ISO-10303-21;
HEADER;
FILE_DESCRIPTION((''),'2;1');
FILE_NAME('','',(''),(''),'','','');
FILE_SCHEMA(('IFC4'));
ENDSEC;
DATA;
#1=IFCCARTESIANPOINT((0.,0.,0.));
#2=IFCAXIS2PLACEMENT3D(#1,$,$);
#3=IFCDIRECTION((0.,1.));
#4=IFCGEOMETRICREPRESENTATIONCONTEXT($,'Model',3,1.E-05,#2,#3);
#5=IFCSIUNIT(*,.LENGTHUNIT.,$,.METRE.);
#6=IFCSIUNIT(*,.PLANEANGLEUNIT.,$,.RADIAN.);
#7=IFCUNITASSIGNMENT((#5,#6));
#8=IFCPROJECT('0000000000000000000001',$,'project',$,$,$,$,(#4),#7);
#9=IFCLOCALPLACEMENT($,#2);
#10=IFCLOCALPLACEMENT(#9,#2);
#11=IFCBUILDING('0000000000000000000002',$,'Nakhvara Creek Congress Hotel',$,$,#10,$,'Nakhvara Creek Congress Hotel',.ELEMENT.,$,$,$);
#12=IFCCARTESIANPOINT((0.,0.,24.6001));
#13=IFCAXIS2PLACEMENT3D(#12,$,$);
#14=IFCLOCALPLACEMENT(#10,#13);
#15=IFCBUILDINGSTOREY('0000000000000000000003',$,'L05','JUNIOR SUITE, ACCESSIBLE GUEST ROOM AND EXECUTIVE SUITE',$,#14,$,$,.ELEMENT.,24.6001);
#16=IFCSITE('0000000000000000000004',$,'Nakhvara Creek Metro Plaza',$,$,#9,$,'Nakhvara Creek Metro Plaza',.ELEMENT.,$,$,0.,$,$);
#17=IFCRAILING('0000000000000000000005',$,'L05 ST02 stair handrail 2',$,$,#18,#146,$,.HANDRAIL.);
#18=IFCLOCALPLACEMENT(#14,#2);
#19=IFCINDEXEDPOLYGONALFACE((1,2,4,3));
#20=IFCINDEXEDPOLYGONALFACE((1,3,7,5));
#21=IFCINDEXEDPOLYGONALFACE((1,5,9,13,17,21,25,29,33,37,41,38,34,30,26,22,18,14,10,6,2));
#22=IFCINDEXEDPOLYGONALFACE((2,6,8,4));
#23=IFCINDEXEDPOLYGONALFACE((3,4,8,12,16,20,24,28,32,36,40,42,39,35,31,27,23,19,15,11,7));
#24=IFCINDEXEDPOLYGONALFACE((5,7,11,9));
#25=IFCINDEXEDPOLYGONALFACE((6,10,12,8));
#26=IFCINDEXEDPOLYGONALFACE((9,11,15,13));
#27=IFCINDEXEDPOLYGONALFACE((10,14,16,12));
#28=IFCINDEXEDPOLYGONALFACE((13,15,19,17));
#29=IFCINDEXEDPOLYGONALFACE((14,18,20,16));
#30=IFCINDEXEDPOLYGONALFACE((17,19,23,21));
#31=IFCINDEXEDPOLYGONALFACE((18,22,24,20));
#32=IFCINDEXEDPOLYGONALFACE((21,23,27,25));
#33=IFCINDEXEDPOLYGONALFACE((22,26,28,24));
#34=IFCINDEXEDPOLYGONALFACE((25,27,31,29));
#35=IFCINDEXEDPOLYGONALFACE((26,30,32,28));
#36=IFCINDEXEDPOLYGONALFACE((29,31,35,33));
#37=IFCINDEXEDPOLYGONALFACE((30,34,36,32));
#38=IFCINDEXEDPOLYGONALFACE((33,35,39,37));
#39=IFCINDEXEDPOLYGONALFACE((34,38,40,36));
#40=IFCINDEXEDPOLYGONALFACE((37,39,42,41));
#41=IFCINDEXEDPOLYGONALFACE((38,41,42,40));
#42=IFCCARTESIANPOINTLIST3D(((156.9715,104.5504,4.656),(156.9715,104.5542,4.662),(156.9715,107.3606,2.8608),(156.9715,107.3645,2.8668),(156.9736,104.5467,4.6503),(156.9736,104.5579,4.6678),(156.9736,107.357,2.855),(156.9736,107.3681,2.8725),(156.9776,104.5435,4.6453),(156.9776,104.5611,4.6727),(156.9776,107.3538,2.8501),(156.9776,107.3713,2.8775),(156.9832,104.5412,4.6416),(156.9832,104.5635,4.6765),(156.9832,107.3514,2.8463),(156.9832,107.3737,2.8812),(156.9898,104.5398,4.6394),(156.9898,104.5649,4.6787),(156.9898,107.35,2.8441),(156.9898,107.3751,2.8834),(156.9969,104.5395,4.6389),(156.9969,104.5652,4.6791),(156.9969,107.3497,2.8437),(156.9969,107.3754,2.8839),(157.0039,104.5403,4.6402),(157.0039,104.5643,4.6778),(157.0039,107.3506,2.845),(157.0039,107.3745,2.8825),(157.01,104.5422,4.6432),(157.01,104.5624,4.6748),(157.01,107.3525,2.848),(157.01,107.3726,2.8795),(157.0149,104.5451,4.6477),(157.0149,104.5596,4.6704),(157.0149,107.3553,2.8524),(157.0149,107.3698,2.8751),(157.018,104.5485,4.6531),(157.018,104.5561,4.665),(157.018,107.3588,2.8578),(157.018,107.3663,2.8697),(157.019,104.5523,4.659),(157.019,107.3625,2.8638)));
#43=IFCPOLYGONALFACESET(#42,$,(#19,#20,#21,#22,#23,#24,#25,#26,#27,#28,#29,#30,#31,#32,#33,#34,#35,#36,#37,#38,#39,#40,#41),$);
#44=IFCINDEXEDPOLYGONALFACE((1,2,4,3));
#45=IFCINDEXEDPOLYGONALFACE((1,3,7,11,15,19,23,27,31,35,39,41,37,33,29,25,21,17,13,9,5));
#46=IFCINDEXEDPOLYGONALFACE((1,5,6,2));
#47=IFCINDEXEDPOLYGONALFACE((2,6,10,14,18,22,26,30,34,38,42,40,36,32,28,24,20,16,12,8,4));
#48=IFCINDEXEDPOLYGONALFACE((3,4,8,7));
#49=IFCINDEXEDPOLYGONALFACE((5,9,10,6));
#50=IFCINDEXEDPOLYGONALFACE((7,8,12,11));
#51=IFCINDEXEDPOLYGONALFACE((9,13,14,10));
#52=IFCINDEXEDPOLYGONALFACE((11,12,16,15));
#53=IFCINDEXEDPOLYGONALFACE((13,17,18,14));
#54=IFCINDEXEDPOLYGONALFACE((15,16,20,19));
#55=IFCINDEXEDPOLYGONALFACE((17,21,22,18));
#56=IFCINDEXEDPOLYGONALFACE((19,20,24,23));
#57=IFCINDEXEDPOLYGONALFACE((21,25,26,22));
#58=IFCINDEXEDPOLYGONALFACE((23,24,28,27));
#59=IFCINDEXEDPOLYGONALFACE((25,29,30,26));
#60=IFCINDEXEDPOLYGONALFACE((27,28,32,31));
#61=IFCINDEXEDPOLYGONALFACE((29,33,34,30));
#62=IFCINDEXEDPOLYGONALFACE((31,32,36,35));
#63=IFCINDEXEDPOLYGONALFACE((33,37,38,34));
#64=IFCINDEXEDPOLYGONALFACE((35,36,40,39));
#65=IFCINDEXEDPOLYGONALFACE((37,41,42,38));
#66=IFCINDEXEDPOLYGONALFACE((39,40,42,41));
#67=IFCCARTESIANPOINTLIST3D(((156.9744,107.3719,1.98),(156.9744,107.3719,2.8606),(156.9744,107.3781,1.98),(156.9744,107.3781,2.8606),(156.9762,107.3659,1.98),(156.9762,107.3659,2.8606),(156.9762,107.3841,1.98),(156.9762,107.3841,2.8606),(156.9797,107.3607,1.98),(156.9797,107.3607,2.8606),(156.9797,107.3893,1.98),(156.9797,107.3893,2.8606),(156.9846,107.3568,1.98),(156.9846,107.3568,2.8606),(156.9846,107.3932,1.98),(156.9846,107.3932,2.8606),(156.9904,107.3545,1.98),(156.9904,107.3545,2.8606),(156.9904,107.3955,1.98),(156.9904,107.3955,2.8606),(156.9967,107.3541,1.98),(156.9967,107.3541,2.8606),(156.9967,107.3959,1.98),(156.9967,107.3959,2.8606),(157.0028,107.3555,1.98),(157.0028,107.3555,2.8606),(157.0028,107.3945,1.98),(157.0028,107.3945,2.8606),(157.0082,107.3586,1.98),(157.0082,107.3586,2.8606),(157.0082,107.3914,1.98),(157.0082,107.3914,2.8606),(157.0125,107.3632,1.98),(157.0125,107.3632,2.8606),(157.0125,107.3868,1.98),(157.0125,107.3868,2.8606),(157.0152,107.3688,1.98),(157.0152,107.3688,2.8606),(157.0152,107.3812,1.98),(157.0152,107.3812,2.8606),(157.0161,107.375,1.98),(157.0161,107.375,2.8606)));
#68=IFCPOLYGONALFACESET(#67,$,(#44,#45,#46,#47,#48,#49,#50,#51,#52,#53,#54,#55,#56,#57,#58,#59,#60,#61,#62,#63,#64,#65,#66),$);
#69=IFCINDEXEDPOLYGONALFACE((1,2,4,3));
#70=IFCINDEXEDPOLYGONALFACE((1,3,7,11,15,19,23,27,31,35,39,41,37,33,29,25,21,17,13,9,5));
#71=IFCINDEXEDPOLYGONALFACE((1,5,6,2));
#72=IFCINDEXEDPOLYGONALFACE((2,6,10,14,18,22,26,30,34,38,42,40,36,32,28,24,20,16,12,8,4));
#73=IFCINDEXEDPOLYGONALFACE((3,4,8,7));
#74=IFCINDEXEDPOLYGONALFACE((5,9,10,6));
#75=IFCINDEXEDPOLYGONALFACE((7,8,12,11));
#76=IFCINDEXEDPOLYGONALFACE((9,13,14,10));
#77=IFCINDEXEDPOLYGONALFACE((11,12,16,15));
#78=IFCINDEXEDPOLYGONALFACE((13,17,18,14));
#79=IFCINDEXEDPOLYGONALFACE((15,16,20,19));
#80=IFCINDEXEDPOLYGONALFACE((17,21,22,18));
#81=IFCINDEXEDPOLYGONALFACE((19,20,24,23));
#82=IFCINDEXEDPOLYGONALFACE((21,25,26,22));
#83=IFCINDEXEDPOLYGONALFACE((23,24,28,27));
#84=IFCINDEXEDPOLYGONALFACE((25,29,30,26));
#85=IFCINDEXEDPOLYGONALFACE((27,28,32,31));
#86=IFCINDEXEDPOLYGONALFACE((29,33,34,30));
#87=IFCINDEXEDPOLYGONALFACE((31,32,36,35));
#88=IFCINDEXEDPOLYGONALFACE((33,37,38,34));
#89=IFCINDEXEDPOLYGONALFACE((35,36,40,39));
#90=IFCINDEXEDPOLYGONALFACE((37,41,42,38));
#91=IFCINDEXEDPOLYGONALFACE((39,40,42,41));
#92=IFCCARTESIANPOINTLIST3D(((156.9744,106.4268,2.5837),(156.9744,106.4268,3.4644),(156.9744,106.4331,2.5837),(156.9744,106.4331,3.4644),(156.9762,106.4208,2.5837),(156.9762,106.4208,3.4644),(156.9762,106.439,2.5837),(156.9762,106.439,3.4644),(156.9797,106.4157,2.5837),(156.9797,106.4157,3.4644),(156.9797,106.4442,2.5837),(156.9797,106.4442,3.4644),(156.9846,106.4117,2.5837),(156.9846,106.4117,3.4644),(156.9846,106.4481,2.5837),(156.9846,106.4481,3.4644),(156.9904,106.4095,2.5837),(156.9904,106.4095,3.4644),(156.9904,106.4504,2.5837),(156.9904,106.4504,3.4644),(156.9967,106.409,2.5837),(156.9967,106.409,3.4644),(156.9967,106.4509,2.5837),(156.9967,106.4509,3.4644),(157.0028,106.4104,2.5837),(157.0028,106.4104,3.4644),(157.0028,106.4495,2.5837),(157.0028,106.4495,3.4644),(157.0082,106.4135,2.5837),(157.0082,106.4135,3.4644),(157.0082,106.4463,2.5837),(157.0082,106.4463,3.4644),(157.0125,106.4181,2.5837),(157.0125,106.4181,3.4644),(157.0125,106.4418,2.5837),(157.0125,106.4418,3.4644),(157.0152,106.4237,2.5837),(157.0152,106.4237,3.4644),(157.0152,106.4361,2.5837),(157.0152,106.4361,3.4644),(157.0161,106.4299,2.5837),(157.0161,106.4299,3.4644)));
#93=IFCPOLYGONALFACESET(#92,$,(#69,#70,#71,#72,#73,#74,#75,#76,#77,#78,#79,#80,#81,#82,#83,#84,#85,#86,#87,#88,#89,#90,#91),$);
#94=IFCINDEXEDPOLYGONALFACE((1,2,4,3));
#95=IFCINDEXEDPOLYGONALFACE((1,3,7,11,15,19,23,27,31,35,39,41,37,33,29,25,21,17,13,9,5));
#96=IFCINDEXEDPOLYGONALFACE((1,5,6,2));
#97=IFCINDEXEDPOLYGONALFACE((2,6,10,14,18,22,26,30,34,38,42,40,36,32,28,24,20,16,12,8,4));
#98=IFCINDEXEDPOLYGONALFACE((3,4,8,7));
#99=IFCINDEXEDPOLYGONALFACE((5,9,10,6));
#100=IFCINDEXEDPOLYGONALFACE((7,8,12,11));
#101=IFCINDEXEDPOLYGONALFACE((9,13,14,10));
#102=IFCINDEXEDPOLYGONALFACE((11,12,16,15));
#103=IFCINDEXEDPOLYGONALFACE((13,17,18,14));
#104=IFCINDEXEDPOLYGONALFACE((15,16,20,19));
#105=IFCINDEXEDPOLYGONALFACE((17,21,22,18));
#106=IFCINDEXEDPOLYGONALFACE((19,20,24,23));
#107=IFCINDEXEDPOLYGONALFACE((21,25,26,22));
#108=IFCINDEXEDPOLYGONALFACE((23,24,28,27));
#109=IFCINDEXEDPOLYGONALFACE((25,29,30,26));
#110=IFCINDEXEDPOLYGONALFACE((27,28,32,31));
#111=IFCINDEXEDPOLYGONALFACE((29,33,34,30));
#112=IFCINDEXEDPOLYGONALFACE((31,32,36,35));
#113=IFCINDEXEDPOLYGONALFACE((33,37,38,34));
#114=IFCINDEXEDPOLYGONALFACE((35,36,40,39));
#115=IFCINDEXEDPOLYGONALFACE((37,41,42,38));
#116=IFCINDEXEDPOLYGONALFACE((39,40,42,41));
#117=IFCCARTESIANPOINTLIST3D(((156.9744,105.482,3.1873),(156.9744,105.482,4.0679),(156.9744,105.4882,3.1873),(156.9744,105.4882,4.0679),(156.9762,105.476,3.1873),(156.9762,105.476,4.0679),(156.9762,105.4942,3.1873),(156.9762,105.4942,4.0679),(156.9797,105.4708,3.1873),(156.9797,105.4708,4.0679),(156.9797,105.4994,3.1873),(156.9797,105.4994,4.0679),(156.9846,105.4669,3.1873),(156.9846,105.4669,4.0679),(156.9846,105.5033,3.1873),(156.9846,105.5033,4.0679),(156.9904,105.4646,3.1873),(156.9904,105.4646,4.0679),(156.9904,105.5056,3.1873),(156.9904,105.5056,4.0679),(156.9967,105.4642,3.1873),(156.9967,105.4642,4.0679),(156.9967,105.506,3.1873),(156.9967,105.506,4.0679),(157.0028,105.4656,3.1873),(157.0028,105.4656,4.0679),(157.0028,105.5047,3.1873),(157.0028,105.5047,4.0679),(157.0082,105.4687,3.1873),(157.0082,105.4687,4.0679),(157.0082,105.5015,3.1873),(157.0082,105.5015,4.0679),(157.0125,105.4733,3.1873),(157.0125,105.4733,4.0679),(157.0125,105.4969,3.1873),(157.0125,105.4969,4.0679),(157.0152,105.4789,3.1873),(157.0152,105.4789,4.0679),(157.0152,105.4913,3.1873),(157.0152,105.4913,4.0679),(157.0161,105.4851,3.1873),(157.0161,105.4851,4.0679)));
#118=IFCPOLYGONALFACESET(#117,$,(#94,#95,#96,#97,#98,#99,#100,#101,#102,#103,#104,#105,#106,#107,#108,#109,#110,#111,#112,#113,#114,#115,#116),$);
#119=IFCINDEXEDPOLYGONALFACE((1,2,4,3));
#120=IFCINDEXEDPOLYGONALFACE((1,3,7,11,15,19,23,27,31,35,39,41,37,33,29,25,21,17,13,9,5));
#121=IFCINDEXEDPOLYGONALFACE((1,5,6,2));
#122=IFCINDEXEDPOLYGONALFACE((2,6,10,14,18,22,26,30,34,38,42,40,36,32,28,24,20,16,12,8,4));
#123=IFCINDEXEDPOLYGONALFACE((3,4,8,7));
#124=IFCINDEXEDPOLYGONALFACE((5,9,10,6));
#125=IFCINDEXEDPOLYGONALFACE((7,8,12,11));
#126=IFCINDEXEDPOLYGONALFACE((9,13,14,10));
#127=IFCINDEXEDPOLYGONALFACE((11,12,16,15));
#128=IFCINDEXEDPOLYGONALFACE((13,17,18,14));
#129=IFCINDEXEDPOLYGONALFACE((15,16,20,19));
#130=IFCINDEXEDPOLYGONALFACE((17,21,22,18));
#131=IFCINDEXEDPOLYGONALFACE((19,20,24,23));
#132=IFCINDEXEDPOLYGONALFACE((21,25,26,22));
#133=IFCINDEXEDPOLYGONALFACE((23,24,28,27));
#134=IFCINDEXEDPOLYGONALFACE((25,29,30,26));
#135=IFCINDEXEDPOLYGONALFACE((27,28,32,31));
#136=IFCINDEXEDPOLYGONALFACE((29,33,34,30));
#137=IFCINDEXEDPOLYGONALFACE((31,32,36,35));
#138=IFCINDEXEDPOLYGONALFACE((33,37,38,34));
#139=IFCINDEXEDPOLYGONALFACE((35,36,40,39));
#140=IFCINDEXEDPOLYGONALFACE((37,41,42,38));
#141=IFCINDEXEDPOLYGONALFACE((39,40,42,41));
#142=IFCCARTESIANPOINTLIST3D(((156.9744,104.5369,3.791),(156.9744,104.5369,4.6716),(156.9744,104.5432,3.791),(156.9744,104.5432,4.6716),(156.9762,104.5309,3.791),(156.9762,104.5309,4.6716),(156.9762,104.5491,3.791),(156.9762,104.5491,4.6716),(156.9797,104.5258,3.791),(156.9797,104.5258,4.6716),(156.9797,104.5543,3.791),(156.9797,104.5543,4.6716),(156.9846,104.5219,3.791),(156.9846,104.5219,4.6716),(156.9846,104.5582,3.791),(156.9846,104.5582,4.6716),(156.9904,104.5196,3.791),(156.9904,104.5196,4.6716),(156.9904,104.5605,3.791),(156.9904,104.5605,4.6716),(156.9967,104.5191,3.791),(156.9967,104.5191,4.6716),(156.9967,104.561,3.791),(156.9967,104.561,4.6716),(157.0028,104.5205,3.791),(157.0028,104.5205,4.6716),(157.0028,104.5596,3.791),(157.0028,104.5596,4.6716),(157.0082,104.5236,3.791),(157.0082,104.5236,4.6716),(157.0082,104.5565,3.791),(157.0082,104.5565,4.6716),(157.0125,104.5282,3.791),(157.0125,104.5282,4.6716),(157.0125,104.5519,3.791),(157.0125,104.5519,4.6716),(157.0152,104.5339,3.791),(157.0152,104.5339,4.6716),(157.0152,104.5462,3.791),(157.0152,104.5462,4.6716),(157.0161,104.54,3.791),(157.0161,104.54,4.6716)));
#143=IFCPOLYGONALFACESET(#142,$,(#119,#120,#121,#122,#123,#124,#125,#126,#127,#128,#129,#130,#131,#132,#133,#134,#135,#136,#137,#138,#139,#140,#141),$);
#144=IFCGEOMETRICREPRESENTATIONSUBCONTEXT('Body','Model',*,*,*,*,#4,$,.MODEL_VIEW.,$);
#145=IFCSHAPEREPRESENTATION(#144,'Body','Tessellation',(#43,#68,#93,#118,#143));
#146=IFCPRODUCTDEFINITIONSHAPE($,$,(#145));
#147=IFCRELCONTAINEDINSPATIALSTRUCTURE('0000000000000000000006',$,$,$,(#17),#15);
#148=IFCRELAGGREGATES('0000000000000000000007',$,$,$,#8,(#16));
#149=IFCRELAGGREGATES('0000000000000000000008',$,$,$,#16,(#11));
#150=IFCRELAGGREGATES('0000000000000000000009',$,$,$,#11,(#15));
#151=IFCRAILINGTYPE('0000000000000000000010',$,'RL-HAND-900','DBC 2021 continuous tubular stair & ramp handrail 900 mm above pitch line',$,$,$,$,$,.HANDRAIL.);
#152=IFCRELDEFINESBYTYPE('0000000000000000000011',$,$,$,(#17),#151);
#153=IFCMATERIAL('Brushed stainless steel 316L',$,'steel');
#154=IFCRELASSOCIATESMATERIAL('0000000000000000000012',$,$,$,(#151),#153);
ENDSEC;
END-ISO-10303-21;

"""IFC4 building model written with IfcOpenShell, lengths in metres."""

from ifc_helpers import new_model, si_unit, direction, frame, origin, origin_2d, place, context, subcontext, project, spatial, circle, extrude, material, type_object, element, save


model = new_model("IFC4")

# Units and contexts
model_context = context("Model", 3, precision=1e-05, world=origin(), true_north=direction((0.0, 1.0)))
body_context = subcontext(model_context, "Body", "Model", "MODEL_VIEW")
ifc_project = project(units=[si_unit("LENGTHUNIT", "METRE"), si_unit("PLANEANGLEUNIT", "RADIAN")], contexts=[model_context])

# Site, building, storey
site_placement = place(None, origin())
site = spatial("IfcSite", under=ifc_project, at=site_placement, Name="Nakhvara Creek Metro Plaza", LongName="Nakhvara Creek Metro Plaza", CompositionType="ELEMENT", RefElevation=0.0)
building_placement = place(site_placement, origin())
building = spatial("IfcBuilding", under=site, at=building_placement, Name="Nakhvara Creek Congress Hotel", LongName="Nakhvara Creek Congress Hotel", CompositionType="ELEMENT")
storey_placement = place(building_placement, frame((0.0, 0.0, 24.6001)))
storey = spatial("IfcBuildingStorey", under=building, at=storey_placement, Name="L05", Description="JUNIOR SUITE, ACCESSIBLE GUEST ROOM AND EXECUTIVE SUITE", CompositionType="ELEMENT", Elevation=24.6001)

# Railing
ifc_material_1 = material(Name="Brushed stainless steel 316L", Category="steel")
railing_type_1 = type_object("IfcRailingType", Name="RL-HAND-900", Description="DBC 2021 continuous tubular stair & ramp handrail 900 mm above pitch line", PredefinedType="HANDRAIL", material=ifc_material_1)
railing_1_placement = place(storey_placement, frame((156.9951, 107.375, 1.98)))
element("IfcRailing", 1, at=railing_1_placement, inside=storey, type_object=railing_type_1, Name="L05 ST02 stair handrail 2", PredefinedType="HANDRAIL", context=body_context, shape_type="SweptSolid", body=[
    extrude(circle(Radius=0.0239, at=origin_2d()), frame((0.0, -0.0125, 0.8838), z_axis=(0.0, -0.842722, 0.538349), x_axis=(1.0, 0.0, 0.0)), (0.0, 0.0, 1.0), 3.3347),
    extrude(circle(Radius=0.021, at=origin_2d()), origin(), (0.0, 0.0, 1.0), 0.8806),
    extrude(circle(Radius=0.021, at=origin_2d()), frame((0.0, -0.9451, 0.6038)), (0.0, 0.0, 1.0), 0.8806),
    extrude(circle(Radius=0.021, at=origin_2d()), frame((0.0, -1.8899, 1.2073)), (0.0, 0.0, 1.0), 0.8806),
    extrude(circle(Radius=0.021, at=origin_2d()), frame((0.0, -2.835, 1.811)), (0.0, 0.0, 1.0), 0.8806),
])

save(model, "model.ifc")
